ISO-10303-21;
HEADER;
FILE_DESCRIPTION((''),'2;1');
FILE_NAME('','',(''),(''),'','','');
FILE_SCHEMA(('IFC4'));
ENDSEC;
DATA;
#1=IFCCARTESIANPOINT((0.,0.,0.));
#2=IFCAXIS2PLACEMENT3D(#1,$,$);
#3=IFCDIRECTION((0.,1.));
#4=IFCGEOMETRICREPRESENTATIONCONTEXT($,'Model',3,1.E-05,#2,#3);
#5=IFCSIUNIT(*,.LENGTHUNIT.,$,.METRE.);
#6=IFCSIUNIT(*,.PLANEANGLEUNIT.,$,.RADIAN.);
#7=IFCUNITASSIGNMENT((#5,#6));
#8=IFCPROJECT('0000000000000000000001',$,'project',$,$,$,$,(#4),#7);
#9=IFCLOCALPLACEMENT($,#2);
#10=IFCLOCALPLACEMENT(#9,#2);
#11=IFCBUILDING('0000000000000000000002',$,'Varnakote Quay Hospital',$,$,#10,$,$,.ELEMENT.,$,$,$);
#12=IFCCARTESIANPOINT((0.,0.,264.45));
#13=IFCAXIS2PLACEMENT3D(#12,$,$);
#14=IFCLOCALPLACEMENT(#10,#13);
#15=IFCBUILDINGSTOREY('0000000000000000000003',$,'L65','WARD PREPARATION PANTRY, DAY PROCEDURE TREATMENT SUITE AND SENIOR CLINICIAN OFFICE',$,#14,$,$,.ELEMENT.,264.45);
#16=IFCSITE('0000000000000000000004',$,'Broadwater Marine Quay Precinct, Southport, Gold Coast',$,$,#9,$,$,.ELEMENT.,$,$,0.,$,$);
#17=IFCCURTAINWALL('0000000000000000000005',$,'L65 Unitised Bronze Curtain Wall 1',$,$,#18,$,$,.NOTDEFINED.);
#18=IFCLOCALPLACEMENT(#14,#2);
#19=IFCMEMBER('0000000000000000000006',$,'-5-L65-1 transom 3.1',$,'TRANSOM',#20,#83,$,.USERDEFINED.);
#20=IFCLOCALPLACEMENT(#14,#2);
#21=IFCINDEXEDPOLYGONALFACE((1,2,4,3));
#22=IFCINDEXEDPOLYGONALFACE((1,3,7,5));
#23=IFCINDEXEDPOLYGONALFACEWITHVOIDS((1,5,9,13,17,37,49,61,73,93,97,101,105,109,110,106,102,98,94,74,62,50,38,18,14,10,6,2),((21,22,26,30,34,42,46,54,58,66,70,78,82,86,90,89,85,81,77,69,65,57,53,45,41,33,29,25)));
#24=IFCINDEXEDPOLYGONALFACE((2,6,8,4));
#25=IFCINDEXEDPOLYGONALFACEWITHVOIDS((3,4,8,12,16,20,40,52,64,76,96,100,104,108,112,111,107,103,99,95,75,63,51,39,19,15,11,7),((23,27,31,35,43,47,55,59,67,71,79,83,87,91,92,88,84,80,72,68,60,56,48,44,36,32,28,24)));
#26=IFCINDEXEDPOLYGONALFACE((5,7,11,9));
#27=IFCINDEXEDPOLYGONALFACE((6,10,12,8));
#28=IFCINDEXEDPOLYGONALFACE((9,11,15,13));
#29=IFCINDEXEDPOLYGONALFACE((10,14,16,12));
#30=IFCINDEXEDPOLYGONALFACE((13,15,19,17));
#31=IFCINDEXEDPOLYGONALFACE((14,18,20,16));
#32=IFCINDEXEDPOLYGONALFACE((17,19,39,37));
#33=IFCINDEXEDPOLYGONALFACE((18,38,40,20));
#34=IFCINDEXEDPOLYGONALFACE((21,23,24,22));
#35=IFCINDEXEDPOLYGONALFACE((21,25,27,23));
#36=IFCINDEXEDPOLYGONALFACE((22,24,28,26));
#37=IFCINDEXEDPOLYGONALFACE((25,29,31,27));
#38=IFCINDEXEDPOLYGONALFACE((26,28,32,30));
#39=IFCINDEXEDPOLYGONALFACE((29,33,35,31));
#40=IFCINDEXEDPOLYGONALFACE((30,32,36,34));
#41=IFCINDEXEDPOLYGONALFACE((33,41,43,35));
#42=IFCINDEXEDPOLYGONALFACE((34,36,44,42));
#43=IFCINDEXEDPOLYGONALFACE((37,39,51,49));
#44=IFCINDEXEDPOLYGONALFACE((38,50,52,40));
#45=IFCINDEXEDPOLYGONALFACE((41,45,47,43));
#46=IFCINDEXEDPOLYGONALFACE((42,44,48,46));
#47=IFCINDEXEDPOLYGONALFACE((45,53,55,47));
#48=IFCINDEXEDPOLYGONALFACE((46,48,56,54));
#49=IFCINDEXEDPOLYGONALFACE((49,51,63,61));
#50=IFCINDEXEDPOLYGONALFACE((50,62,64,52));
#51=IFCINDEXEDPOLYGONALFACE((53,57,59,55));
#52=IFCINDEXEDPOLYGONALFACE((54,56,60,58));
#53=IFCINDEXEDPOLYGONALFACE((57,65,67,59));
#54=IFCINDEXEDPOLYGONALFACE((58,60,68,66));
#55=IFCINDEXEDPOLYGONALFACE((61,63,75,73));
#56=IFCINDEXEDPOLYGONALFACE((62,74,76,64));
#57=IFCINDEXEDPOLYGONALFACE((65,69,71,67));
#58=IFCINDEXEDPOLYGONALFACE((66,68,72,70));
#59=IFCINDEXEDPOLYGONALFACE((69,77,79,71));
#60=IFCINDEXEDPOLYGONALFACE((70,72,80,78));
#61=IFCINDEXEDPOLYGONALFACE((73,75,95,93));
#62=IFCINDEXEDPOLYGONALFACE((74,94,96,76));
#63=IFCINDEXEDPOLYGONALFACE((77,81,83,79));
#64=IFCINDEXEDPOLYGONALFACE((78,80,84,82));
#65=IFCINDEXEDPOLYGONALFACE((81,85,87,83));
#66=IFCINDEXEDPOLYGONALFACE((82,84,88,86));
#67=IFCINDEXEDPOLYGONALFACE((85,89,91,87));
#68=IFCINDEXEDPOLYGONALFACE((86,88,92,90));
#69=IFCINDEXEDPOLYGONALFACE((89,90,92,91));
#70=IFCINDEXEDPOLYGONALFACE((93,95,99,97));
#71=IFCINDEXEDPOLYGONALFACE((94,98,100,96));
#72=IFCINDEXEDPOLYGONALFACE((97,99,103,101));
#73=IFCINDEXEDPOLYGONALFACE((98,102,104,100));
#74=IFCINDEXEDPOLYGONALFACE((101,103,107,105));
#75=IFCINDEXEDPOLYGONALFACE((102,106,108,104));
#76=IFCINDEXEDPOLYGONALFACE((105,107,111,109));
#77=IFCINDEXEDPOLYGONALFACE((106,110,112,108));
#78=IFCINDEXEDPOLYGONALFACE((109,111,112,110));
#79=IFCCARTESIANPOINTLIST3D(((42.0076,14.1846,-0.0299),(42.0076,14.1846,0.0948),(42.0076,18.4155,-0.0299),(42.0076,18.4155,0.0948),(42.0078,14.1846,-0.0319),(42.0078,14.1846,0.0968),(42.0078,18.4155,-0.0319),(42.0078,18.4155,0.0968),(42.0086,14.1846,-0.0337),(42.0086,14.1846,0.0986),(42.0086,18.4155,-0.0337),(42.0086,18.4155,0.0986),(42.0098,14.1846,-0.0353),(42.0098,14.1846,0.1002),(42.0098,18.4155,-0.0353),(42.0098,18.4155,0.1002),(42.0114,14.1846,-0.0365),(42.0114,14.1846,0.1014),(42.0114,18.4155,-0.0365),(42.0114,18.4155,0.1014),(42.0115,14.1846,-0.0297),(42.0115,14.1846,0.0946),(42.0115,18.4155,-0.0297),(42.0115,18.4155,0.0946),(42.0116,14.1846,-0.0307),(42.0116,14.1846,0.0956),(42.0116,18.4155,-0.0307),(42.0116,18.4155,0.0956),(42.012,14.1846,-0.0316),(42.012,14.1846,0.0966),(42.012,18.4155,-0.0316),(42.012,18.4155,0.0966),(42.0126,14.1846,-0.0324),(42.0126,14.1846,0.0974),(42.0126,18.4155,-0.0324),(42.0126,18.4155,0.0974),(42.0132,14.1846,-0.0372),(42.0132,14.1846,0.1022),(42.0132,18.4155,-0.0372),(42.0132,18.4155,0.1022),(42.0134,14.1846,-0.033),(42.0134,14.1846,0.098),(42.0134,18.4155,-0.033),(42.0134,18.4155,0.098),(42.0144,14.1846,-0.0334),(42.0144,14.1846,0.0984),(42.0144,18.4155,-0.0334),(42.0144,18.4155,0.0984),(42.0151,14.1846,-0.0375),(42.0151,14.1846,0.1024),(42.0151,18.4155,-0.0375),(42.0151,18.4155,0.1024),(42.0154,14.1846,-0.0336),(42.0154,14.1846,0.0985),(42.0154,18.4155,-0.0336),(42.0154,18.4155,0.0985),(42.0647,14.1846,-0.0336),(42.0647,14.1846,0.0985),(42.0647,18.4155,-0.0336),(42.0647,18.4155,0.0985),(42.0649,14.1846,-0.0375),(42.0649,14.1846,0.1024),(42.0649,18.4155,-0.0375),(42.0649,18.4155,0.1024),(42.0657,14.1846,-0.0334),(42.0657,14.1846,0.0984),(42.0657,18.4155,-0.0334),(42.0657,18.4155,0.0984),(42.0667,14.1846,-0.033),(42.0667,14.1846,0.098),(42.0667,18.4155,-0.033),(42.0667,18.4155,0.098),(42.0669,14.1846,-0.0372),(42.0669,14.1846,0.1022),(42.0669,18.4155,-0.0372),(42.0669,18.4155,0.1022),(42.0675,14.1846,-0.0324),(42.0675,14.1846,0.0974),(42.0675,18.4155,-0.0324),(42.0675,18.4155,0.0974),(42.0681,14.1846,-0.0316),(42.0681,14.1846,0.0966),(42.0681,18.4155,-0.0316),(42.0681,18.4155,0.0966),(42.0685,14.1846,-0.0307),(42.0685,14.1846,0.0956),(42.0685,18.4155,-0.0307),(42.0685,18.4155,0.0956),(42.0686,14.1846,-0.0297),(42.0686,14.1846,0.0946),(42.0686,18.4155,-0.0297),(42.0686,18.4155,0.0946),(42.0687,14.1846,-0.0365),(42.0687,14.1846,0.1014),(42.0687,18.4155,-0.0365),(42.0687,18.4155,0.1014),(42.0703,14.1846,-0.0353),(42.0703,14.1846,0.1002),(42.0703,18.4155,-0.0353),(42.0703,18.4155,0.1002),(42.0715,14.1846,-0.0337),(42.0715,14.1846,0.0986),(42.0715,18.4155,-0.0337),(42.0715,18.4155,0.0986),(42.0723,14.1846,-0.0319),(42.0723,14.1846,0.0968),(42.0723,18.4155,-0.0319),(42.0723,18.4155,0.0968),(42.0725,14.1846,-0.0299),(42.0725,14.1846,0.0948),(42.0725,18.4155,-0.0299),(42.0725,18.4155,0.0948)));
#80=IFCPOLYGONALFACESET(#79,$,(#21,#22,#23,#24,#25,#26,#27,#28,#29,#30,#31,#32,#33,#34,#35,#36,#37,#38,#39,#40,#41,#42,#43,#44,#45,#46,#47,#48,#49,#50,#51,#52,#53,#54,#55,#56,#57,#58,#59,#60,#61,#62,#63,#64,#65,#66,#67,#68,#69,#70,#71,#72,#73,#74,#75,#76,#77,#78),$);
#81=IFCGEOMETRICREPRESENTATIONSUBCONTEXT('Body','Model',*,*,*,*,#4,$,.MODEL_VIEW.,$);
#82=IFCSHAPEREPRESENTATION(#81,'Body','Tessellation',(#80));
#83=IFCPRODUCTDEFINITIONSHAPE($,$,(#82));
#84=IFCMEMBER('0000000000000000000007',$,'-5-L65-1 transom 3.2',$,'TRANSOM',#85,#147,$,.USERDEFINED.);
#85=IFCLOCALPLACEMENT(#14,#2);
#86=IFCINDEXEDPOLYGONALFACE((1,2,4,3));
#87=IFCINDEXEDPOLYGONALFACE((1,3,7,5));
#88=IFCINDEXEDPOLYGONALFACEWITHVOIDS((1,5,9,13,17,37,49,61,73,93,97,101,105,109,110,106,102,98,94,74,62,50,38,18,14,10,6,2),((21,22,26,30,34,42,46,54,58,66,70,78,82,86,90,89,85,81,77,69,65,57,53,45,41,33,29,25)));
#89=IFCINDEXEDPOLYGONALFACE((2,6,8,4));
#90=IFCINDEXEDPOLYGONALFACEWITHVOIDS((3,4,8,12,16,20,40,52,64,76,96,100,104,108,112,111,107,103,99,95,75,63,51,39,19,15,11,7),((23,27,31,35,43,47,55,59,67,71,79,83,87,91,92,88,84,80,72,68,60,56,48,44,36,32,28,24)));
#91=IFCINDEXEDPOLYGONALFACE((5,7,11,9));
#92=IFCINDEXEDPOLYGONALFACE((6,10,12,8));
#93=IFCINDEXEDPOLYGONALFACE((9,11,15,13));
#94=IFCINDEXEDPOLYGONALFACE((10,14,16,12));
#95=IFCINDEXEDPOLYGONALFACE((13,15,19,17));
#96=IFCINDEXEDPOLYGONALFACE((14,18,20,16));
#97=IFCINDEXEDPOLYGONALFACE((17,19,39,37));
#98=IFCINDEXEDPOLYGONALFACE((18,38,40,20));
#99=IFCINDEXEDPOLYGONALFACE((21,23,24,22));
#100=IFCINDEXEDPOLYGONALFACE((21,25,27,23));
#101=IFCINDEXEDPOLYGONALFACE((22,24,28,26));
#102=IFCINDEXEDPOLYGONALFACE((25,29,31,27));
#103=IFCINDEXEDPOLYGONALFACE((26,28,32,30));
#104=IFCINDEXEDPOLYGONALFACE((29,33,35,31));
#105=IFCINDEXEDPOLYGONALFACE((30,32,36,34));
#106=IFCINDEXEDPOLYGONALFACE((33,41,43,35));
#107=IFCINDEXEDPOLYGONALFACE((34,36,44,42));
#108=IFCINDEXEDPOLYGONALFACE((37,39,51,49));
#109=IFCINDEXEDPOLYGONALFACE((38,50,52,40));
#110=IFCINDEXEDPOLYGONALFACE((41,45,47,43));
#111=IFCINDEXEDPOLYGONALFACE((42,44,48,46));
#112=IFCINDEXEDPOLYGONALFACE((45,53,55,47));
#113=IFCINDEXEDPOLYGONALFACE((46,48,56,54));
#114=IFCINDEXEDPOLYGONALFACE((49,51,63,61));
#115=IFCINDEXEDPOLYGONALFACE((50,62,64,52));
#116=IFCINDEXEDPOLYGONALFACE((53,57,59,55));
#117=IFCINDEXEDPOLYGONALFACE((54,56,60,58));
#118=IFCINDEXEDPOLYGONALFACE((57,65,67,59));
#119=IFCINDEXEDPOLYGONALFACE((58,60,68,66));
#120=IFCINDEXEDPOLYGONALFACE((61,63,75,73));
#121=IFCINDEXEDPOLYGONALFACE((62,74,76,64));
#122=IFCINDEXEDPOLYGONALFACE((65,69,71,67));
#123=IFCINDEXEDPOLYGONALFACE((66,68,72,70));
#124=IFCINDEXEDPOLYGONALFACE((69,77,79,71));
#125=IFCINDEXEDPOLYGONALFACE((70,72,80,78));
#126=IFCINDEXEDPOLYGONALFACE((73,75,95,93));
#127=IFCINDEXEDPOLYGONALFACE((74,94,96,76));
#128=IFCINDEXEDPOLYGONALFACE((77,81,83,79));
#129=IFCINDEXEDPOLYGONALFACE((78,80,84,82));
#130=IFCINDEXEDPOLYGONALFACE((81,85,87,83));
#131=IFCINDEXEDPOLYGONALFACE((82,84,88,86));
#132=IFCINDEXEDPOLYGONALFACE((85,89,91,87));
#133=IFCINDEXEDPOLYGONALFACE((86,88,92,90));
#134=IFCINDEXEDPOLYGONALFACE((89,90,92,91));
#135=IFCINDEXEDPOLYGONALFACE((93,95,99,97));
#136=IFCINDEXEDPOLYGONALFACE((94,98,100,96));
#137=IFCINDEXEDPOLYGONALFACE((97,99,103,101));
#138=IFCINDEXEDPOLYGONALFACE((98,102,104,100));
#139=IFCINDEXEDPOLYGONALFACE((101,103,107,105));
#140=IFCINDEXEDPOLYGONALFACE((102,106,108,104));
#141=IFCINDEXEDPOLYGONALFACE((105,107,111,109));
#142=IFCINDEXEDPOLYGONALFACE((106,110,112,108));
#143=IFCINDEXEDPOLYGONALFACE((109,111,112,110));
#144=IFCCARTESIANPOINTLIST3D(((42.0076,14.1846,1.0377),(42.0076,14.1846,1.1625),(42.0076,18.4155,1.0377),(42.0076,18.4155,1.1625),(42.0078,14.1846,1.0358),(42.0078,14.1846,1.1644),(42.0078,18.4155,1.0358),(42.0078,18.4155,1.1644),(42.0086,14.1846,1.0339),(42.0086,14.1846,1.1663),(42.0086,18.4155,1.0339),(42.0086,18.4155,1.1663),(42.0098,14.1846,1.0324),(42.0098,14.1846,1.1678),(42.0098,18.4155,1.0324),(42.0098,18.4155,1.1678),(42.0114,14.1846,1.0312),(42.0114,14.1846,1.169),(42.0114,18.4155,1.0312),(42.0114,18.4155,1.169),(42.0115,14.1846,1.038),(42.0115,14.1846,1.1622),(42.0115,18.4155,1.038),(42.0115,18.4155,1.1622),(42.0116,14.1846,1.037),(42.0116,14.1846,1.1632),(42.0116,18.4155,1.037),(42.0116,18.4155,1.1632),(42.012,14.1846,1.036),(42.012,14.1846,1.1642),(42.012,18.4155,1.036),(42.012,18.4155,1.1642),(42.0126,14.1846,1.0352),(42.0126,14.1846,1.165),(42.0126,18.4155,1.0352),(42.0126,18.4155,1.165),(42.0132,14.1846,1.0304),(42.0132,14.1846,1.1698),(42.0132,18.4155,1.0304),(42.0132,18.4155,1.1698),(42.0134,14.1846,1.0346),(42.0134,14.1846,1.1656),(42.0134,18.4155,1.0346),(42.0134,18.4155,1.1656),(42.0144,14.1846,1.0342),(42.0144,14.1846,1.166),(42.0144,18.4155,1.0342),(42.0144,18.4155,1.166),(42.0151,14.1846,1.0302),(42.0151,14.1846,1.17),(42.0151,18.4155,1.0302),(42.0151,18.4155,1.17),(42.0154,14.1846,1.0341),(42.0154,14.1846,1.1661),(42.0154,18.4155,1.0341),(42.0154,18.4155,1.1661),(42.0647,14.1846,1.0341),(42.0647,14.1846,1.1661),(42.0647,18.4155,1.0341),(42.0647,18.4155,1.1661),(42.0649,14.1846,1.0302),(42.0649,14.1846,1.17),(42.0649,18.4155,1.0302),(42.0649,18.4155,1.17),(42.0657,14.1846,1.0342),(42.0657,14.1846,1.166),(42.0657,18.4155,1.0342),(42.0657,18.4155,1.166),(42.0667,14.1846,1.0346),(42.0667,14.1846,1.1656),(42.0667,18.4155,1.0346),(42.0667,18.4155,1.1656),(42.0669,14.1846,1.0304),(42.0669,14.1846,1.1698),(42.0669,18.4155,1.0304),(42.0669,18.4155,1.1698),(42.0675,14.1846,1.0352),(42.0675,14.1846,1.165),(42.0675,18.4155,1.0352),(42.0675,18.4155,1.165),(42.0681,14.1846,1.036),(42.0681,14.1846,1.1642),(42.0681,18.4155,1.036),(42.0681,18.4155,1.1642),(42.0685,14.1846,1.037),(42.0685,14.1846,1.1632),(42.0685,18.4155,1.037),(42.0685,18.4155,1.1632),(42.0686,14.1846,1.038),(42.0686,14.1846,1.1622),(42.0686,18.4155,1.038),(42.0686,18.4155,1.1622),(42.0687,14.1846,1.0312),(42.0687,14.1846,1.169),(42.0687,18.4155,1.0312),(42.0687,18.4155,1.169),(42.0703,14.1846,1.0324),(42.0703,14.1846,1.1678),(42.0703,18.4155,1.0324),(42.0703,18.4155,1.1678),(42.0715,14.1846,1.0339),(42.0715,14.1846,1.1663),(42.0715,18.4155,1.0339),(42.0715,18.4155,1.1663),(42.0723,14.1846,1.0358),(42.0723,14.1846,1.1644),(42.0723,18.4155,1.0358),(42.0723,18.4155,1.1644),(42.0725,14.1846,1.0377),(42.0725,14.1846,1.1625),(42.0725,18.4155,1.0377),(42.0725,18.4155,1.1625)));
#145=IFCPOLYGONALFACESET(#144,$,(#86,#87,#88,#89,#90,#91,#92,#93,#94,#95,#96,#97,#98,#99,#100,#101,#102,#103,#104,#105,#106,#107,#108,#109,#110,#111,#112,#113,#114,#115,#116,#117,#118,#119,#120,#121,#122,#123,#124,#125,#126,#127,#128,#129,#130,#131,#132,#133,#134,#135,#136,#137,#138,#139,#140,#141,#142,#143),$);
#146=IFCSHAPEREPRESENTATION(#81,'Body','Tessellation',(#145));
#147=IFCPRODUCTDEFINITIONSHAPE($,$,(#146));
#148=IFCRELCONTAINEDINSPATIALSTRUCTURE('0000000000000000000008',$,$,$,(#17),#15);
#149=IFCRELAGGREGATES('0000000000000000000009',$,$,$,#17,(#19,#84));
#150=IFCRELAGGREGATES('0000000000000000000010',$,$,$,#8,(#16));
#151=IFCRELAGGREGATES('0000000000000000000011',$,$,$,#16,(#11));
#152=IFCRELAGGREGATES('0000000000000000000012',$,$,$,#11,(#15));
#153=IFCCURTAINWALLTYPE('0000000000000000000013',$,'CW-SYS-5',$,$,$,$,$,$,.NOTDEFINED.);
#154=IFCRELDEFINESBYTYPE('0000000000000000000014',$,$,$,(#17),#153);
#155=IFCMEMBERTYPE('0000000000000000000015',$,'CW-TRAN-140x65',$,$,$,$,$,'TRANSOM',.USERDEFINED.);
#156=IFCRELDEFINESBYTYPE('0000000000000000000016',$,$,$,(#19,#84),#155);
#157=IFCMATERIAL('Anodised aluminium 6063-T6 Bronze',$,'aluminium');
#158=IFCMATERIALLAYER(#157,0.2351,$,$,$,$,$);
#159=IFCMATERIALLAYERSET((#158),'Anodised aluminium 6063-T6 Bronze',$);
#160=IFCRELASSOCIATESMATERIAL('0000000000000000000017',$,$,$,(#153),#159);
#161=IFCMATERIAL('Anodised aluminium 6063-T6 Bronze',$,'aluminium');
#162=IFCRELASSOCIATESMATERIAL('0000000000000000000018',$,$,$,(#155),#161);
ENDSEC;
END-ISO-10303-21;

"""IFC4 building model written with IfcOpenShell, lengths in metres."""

from ifc_helpers import new_model, si_unit, direction, frame, origin, origin_2d, place, context, subcontext, project, spatial, hollow_rectangle, extrude, material, layer, layer_set, material_profile, profile_set, type_object, element, aggregate, save


model = new_model("IFC4")

# Units and contexts
model_context = context("Model", 3, precision=1e-05, world=origin(), true_north=direction((0.0, 1.0)))
body_context = subcontext(model_context, "Body", "Model", "MODEL_VIEW")
ifc_project = project(units=[si_unit("LENGTHUNIT", "METRE"), si_unit("PLANEANGLEUNIT", "RADIAN")], contexts=[model_context])

# Site, building, storey
site_placement = place(None, origin())
site = spatial("IfcSite", under=ifc_project, at=site_placement, Name="Broadwater Marine Quay Precinct, Southport, Gold Coast", CompositionType="ELEMENT", RefElevation=0.0)
building_placement = place(site_placement, origin())
building = spatial("IfcBuilding", under=site, at=building_placement, Name="Varnakote Quay Hospital", CompositionType="ELEMENT")
storey_placement = place(building_placement, frame((0.0, 0.0, 264.45)))
storey = spatial("IfcBuildingStorey", under=building, at=storey_placement, Name="L65", Description="WARD PREPARATION PANTRY, DAY PROCEDURE TREATMENT SUITE AND SENIOR CLINICIAN OFFICE", CompositionType="ELEMENT", Elevation=264.45)

# Curtain wall, members
ifc_material_1 = material(Name="Anodised aluminium 6063-T6 Bronze", Category="aluminium")
ifc_layer_1 = layer(ifc_material_1, 0.2351)
ifc_layer_set_1 = layer_set([ifc_layer_1], Name="Anodised aluminium 6063-T6 Bronze")
curtain_wall_type = type_object("IfcCurtainWallType", Name="CW-SYS-5", PredefinedType="NOTDEFINED", material=ifc_layer_set_1)
curtain_wall_placement = place(storey_placement, origin())
curtain_wall = element("IfcCurtainWall", 1, at=curtain_wall_placement, inside=storey, type_object=curtain_wall_type, Name="L65 Unitised Bronze Curtain Wall 1", PredefinedType="NOTDEFINED")
ifc_material_2 = material(Name="Anodised aluminium 6063-T6 Bronze", Category="aluminium")
ifc_material_profile_1 = material_profile(ifc_material_2, hollow_rectangle(XDim=0.0649, YDim=0.1399, WallThickness=0.0039, InnerFilletRadius=0.0039, OuterFilletRadius=0.0076, at=origin_2d()), Name="CW-TRAN-140x65")
ifc_profile_set_1 = profile_set([ifc_material_profile_1], Name="Anodised aluminium 6063-T6 Bronze")
member_type_1 = type_object("IfcMemberType", Name="CW-TRAN-140x65", ElementType="TRANSOM", PredefinedType="USERDEFINED", material=ifc_profile_set_1)
member_1_placement = place(storey_placement, frame((42.04, 14.1846, 0.0325), z_axis=(0.0, 1.0, 0.0), x_axis=(-1.0, 0.0, 0.0)))
member_1 = element("IfcMember", 2, at=member_1_placement, type_object=member_type_1, Name="-5-L65-1 transom 3.1", ObjectType="TRANSOM", PredefinedType="USERDEFINED", context=body_context, shape_type="SweptSolid", body=[
    extrude(hollow_rectangle(XDim=0.0649, YDim=0.1399, WallThickness=0.0039, InnerFilletRadius=0.0039, OuterFilletRadius=0.0076, at=origin_2d()), origin(), (0.0, 0.0, 1.0), 4.231),
])
member_2_placement = place(storey_placement, frame((42.04, 14.1846, 1.1001), z_axis=(0.0, 1.0, 0.0), x_axis=(-1.0, 0.0, 0.0)))
member_2 = element("IfcMember", 3, at=member_2_placement, type_object=member_type_1, Name="-5-L65-1 transom 3.2", ObjectType="TRANSOM", PredefinedType="USERDEFINED", context=body_context, shape_type="SweptSolid", body=[
    extrude(hollow_rectangle(XDim=0.0649, YDim=0.1399, WallThickness=0.0039, InnerFilletRadius=0.0039, OuterFilletRadius=0.0076, at=origin_2d()), origin(), (0.0, 0.0, 1.0), 4.231),
])
aggregate(curtain_wall, [member_1, member_2])

save(model, "model.ifc")
